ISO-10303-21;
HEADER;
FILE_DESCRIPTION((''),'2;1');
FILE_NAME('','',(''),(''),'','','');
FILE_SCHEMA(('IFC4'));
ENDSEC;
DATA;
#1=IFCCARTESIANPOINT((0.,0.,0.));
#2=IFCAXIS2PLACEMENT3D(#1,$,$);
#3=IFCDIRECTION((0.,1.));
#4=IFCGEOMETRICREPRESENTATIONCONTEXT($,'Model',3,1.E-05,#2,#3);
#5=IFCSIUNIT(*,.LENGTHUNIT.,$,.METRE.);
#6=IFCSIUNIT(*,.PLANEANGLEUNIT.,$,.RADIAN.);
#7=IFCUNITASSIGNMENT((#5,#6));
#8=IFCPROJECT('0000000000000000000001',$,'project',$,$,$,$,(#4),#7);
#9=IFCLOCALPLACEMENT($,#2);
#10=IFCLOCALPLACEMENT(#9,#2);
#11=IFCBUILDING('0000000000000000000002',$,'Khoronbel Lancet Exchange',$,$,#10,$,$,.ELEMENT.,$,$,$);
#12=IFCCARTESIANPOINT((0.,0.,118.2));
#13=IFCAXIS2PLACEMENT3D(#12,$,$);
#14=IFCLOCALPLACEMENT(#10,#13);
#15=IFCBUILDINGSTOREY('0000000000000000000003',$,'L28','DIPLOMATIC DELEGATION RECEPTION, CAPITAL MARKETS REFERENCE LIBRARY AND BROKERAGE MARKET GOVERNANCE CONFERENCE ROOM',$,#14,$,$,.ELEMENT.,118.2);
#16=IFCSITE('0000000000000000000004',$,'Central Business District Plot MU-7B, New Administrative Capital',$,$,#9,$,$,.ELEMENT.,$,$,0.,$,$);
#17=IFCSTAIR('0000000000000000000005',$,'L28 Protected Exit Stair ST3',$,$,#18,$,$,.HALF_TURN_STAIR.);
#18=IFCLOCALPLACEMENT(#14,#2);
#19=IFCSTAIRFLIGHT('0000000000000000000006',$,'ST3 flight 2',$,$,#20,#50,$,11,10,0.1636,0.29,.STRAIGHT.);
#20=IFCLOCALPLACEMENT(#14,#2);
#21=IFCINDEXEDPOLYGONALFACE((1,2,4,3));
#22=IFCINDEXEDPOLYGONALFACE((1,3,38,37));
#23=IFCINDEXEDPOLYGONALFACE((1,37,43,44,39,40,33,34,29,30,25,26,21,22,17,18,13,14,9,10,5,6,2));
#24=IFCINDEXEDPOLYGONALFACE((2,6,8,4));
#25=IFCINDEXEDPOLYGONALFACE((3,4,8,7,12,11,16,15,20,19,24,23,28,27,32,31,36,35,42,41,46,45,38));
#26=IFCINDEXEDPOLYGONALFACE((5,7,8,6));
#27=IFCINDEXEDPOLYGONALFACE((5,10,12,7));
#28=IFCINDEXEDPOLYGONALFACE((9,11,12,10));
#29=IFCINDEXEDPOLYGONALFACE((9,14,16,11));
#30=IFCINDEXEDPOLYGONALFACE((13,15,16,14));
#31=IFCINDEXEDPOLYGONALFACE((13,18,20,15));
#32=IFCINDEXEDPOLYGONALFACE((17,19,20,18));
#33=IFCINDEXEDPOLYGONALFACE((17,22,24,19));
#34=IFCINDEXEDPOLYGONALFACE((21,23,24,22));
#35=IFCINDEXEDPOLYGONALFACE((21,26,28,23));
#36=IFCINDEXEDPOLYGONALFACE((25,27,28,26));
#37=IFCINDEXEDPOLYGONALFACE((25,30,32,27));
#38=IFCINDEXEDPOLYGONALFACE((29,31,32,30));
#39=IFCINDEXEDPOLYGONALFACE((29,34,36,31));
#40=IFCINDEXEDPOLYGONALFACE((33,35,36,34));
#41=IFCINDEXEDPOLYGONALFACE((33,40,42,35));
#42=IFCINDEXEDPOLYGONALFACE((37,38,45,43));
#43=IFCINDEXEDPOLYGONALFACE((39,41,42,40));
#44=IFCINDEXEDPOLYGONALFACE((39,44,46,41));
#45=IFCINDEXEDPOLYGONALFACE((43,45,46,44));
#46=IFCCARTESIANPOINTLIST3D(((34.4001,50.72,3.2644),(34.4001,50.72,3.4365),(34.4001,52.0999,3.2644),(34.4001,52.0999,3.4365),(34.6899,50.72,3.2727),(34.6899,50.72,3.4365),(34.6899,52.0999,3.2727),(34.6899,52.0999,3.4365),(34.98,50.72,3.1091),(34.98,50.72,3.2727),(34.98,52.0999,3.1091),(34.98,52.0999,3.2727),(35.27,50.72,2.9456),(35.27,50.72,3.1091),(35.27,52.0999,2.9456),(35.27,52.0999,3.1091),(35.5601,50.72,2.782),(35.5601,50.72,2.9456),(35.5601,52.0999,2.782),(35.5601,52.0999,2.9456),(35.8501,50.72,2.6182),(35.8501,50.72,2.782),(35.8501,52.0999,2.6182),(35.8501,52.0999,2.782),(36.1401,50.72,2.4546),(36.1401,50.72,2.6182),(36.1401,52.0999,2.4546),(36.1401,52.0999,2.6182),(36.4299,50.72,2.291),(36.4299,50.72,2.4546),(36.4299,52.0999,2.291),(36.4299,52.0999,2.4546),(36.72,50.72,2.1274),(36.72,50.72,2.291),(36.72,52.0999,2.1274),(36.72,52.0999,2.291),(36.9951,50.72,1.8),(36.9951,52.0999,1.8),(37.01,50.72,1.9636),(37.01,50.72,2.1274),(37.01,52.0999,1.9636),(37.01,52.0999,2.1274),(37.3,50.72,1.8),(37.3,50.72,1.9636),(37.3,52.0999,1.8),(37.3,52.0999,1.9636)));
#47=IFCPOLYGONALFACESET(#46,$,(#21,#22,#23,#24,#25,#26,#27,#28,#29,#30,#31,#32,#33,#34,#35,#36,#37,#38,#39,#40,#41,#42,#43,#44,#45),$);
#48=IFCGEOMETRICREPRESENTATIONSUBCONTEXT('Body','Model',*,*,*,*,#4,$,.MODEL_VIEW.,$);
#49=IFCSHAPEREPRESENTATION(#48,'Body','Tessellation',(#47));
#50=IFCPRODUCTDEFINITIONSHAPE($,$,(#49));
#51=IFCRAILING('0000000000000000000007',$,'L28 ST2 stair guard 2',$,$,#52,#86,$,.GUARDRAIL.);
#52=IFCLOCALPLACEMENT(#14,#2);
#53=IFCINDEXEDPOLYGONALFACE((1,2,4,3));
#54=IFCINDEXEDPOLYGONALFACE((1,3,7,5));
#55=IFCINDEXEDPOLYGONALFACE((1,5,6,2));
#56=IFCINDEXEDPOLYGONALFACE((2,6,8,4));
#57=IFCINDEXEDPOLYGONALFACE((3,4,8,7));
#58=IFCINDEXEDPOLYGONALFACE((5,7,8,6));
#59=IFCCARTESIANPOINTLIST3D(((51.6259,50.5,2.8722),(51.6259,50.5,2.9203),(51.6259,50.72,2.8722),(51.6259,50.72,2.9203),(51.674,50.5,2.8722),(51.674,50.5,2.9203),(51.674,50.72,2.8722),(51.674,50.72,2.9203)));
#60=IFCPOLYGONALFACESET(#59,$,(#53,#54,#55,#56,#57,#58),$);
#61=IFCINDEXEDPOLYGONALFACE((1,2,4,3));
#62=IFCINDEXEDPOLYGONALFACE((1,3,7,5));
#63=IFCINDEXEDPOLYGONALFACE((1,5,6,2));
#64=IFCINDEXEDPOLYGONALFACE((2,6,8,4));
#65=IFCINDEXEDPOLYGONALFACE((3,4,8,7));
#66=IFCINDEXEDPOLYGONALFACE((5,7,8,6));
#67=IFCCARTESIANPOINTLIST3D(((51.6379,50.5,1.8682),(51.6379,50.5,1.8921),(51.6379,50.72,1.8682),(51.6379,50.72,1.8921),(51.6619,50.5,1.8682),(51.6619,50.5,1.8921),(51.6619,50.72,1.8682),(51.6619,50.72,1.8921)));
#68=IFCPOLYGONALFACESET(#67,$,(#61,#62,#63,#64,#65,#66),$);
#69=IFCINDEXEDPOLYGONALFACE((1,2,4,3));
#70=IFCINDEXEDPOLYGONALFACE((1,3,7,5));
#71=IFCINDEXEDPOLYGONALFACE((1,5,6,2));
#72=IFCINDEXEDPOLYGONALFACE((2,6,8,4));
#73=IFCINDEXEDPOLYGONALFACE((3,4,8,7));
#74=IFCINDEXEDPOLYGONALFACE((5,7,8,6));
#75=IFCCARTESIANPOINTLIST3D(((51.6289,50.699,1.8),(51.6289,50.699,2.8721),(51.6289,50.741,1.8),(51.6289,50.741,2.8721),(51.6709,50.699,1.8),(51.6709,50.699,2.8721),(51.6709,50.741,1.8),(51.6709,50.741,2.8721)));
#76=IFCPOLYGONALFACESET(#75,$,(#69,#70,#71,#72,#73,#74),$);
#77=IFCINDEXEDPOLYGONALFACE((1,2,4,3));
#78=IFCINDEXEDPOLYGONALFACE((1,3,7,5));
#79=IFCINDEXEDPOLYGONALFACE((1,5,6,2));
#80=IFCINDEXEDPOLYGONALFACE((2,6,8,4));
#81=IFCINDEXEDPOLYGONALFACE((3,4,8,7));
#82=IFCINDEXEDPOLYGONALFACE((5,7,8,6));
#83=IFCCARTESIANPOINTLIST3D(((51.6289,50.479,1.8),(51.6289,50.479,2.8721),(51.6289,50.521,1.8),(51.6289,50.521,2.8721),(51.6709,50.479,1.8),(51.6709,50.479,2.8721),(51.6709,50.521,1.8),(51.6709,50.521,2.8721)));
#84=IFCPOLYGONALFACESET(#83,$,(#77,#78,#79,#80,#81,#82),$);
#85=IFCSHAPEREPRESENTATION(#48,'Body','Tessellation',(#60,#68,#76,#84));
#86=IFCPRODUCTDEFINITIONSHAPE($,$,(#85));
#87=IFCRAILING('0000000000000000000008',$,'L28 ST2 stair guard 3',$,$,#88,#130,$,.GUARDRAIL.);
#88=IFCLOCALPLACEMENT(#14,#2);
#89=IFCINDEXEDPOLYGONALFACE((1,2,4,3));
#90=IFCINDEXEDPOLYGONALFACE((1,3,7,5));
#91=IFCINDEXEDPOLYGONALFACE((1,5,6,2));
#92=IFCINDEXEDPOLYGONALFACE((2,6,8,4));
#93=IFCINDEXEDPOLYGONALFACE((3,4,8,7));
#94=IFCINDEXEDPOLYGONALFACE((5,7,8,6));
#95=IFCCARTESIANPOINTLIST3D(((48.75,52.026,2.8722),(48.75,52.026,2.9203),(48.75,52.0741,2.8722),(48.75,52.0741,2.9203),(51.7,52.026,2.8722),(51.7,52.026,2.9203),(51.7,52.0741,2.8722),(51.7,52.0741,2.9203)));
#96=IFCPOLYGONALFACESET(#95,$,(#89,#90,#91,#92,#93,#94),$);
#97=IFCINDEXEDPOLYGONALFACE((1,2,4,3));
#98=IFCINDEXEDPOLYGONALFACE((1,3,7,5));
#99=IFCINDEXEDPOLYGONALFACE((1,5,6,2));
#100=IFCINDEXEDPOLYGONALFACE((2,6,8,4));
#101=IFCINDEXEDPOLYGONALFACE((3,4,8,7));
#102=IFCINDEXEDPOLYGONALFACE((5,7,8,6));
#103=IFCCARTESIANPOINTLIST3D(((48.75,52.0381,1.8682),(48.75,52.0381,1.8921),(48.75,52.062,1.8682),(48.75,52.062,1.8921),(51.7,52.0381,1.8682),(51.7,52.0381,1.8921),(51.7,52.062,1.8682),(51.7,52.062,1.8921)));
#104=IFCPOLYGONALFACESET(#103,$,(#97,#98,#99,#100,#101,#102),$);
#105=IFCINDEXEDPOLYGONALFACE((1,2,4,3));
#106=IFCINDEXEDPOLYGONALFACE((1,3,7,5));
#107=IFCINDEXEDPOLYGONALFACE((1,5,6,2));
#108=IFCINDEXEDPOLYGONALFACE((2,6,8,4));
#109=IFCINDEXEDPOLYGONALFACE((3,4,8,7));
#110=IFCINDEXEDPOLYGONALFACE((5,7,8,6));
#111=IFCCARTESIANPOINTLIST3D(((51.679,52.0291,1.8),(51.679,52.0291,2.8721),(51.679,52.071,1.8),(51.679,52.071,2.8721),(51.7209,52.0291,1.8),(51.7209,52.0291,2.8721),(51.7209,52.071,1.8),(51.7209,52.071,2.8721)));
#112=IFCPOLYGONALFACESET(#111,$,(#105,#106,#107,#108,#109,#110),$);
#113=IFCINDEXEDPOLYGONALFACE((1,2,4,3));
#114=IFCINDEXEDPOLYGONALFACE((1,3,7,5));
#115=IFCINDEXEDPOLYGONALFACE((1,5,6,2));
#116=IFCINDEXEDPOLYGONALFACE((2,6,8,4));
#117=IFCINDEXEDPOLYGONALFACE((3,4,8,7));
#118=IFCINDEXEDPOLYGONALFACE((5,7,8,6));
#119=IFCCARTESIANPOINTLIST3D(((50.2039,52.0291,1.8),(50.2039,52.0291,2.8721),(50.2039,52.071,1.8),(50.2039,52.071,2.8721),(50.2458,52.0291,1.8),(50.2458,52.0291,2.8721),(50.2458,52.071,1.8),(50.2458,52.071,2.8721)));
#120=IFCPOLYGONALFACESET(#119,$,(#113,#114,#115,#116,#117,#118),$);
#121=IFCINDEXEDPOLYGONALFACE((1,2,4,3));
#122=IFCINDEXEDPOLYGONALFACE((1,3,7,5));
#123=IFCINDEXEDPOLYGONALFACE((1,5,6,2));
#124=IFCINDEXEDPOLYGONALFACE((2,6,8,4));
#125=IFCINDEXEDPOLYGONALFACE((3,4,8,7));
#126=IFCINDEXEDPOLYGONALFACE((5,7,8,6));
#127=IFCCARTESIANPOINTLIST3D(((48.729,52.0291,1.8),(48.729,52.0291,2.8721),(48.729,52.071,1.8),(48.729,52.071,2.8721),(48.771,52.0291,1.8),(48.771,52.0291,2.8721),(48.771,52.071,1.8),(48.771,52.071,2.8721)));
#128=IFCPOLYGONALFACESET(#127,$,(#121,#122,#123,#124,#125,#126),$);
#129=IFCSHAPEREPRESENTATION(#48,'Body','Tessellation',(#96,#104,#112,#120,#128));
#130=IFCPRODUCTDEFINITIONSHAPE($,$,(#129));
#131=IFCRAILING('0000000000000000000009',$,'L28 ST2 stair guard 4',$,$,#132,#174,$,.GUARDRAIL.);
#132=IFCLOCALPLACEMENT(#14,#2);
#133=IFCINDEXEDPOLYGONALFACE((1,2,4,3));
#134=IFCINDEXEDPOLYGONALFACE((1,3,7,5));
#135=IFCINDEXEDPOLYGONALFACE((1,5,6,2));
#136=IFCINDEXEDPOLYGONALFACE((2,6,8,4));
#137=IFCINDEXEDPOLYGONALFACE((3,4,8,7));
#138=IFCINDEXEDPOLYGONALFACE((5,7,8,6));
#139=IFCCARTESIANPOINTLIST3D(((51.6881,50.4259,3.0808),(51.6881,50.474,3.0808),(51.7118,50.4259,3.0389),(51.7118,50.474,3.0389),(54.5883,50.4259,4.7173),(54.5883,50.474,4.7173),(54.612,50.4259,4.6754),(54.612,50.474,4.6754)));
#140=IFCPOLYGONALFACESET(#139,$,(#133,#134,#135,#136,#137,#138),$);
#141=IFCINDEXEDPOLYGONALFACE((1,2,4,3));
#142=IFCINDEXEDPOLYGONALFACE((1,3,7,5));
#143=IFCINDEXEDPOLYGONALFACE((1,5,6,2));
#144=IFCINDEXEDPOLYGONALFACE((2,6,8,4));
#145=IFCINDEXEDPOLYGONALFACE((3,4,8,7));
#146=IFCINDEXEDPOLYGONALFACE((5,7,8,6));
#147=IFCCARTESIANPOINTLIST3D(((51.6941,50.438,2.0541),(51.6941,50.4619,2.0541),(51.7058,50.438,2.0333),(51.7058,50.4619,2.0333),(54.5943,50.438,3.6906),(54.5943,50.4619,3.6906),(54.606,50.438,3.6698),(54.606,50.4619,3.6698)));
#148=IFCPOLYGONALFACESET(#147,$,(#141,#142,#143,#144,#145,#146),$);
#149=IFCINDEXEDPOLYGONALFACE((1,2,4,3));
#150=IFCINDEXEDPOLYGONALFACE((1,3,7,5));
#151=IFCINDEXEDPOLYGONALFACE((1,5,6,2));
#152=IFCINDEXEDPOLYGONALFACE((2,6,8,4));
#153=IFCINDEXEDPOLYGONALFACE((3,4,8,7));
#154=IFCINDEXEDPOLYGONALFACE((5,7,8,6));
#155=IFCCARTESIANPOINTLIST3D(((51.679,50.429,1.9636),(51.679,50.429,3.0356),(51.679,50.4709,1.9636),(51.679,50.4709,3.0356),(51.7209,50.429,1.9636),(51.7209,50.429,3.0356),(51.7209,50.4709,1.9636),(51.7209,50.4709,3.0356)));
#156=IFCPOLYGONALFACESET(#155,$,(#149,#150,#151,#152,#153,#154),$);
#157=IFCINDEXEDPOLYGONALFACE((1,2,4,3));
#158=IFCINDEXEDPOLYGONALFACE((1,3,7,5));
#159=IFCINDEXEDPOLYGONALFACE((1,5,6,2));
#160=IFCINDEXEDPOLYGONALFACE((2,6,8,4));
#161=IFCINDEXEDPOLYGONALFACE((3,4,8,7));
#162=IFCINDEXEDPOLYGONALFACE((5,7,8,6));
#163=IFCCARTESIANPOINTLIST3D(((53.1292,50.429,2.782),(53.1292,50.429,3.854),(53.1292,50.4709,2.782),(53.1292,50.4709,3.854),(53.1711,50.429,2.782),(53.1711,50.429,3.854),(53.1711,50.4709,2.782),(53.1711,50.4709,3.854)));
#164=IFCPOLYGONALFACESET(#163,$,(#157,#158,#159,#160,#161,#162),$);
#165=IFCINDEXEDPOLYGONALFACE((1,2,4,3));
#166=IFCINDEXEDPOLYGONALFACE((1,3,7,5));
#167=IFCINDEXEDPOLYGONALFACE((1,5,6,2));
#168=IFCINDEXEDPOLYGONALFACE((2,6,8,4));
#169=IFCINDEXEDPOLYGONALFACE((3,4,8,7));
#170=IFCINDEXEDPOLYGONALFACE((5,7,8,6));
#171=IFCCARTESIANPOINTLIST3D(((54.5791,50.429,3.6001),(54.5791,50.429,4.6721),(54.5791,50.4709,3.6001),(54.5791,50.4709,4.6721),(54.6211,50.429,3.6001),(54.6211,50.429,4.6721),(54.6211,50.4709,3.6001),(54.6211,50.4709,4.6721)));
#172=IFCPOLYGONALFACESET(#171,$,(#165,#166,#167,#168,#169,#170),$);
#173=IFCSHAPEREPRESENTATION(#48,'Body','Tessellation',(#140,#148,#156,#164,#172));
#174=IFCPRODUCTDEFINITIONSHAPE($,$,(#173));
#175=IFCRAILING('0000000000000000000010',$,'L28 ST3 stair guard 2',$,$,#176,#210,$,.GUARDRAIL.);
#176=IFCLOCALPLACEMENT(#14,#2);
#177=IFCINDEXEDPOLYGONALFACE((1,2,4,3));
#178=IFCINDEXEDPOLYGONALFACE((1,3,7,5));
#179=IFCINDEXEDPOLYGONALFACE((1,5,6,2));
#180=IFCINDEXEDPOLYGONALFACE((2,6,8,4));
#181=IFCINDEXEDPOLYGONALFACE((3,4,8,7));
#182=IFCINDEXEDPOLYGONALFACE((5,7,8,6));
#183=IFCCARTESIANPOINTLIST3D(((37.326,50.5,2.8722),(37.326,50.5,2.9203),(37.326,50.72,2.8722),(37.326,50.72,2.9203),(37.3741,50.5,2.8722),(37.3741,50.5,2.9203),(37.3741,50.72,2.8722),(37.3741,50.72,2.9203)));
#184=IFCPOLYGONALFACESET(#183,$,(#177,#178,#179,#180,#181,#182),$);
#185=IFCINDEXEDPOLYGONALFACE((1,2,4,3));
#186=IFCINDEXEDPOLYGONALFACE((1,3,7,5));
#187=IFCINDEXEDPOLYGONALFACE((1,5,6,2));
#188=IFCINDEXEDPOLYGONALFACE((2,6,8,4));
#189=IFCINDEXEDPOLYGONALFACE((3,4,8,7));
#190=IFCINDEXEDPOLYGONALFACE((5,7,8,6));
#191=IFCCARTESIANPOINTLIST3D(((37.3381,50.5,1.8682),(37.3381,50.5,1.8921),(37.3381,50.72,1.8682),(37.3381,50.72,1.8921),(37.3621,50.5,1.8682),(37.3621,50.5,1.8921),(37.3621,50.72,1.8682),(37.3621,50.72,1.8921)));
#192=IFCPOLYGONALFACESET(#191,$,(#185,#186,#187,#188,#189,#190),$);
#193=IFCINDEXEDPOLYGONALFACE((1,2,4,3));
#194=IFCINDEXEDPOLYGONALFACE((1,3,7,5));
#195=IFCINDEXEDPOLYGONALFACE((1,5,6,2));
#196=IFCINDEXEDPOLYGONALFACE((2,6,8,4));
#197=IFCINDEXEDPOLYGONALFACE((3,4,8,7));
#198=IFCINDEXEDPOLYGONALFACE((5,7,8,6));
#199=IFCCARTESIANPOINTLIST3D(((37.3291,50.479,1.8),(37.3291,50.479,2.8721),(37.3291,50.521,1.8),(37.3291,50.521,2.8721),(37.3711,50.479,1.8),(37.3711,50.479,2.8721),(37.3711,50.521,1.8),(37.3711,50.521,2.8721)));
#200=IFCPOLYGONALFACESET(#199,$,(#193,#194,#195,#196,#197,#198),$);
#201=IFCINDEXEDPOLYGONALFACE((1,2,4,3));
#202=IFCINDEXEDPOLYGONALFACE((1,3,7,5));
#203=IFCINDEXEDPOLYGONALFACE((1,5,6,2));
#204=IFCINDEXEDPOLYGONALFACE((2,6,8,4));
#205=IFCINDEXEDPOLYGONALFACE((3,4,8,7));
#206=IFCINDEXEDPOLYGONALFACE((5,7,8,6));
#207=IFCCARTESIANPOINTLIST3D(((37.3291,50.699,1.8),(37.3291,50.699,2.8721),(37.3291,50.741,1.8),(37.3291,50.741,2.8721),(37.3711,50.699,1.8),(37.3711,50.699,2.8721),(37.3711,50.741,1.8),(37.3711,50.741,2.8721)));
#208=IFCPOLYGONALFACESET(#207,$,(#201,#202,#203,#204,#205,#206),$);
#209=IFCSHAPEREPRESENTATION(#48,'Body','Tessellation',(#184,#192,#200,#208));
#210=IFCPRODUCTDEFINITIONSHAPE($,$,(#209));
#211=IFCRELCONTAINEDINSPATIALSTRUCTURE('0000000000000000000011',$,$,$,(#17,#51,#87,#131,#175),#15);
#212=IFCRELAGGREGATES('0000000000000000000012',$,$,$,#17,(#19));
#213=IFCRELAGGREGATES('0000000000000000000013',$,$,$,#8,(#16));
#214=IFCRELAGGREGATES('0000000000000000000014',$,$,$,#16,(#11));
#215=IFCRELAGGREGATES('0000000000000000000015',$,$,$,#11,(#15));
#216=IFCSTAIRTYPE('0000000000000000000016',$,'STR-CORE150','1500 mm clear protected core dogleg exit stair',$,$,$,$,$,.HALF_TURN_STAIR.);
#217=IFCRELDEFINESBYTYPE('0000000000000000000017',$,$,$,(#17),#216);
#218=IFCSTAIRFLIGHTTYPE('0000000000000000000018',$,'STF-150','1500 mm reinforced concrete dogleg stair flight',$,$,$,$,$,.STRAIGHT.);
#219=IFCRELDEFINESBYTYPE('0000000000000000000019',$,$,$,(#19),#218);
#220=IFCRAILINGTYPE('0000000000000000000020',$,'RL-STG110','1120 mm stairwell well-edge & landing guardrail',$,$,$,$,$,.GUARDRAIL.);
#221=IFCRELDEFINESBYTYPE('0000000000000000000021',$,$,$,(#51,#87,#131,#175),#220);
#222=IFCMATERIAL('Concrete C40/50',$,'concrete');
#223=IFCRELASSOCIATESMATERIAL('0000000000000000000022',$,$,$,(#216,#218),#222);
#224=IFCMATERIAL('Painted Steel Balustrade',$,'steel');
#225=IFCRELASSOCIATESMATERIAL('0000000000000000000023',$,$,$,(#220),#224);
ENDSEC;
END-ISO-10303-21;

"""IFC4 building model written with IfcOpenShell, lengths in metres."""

from ifc_helpers import new_model, si_unit, direction, frame, origin, origin_2d, place, context, subcontext, project, spatial, polyline, rectangle, outline, extrude, material, type_object, element, aggregate, save


model = new_model("IFC4")

# Units and contexts
model_context = context("Model", 3, precision=1e-05, world=origin(), true_north=direction((0.0, 1.0)))
body_context = subcontext(model_context, "Body", "Model", "MODEL_VIEW")
ifc_project = project(units=[si_unit("LENGTHUNIT", "METRE"), si_unit("PLANEANGLEUNIT", "RADIAN")], contexts=[model_context])

# Site, building, storey
site_placement = place(None, origin())
site = spatial("IfcSite", under=ifc_project, at=site_placement, Name="Central Business District Plot MU-7B, New Administrative Capital", CompositionType="ELEMENT", RefElevation=0.0)
building_placement = place(site_placement, origin())
building = spatial("IfcBuilding", under=site, at=building_placement, Name="Khoronbel Lancet Exchange", CompositionType="ELEMENT")
storey_placement = place(building_placement, frame((0.0, 0.0, 118.2)))
storey = spatial("IfcBuildingStorey", under=building, at=storey_placement, Name="L28", Description="DIPLOMATIC DELEGATION RECEPTION, CAPITAL MARKETS REFERENCE LIBRARY AND BROKERAGE MARKET GOVERNANCE CONFERENCE ROOM", CompositionType="ELEMENT", Elevation=118.2)

# Stair, stair flight
ifc_material_1 = material(Name="Concrete C40/50", Category="concrete")
stair_type = type_object("IfcStairType", Name="STR-CORE150", Description="1500 mm clear protected core dogleg exit stair", PredefinedType="HALF_TURN_STAIR", material=ifc_material_1)
stair_flight_type = type_object("IfcStairFlightType", Name="STF-150", Description="1500 mm reinforced concrete dogleg stair flight", PredefinedType="STRAIGHT", material=ifc_material_1)
stair_1_placement = place(storey_placement, origin())
stair_1 = element("IfcStair", 1, at=stair_1_placement, inside=storey, type_object=stair_type, Name="L28 Protected Exit Stair ST3", PredefinedType="HALF_TURN_STAIR")
stair_flight_1_placement = place(storey_placement, frame((37.3, 51.4099, 1.8), z_axis=(0.0, 0.0, 1.0), x_axis=(-1.0, 0.0, 0.0)))
stair_flight_1 = element("IfcStairFlight", 2, at=stair_flight_1_placement, type_object=stair_flight_type, Name="ST3 flight 2", NumberOfRisers=11, NumberOfTreads=10, PredefinedType="STRAIGHT", RiserHeight=0.1636, TreadLength=0.29, context=body_context, shape_type="SweptSolid", body=[
    extrude(outline(polyline([(0.0, 0.0), (0.0, 0.1636), (0.29, 0.1636), (0.29, 0.3274), (0.5801, 0.3274), (0.5801, 0.491), (0.8701, 0.491), (0.8701, 0.6545), (1.1599, 0.6545), (1.1599, 0.8181), (1.45, 0.8181), (1.45, 0.9819), (1.74, 0.9819), (1.74, 1.1455), (2.03, 1.1455), (2.03, 1.3091), (2.3201, 1.3091), (2.3201, 1.4727), (2.6101, 1.4727), (2.6101, 1.6365), (2.8999, 1.6365), (2.8999, 1.8), (2.8999, 1.4644), (0.3049, 0.0), (0.0, 0.0)])), frame((0.0, 0.6899, 0.0), z_axis=(0.0, -1.0, 0.0), x_axis=(1.0, 0.0, 0.0)), (0.0, 0.0, 1.0), 1.3799),
])
aggregate(stair_1, [stair_flight_1])

# Railings
ifc_material_2 = material(Name="Painted Steel Balustrade", Category="steel")
railing_type_1 = type_object("IfcRailingType", Name="RL-STG110", Description="1120 mm stairwell well-edge & landing guardrail", PredefinedType="GUARDRAIL", material=ifc_material_2)
railing_1_placement = place(storey_placement, frame((51.6499, 50.72, 1.8)))
element("IfcRailing", 3, at=railing_1_placement, inside=storey, type_object=railing_type_1, Name="L28 ST2 stair guard 2", PredefinedType="GUARDRAIL", context=body_context, shape_type="SweptSolid", body=[
    extrude(rectangle(XDim=0.0481, YDim=0.0481, at=origin_2d()), frame((0.0, 0.0, 1.0962), z_axis=(0.0, -1.0, 0.0), x_axis=(1.0, 0.0, 0.0)), (0.0, 0.0, 1.0), 0.22),
    extrude(rectangle(XDim=0.0239, YDim=0.0239, at=origin_2d()), frame((0.0, 0.0, 0.0801), z_axis=(0.0, -1.0, 0.0), x_axis=(1.0, 0.0, 0.0)), (0.0, 0.0, 1.0), 0.22),
    extrude(rectangle(XDim=0.042, YDim=0.042, at=origin_2d()), origin(), (0.0, 0.0, 1.0), 1.072),
    extrude(rectangle(XDim=0.042, YDim=0.042, at=origin_2d()), frame((0.0, -0.22, 0.0)), (0.0, 0.0, 1.0), 1.072),
])
railing_2_placement = place(storey_placement, frame((51.7, 52.05, 1.8)))
element("IfcRailing", 4, at=railing_2_placement, inside=storey, type_object=railing_type_1, Name="L28 ST2 stair guard 3", PredefinedType="GUARDRAIL", context=body_context, shape_type="SweptSolid", body=[
    extrude(rectangle(XDim=0.0481, YDim=0.0481, at=origin_2d()), frame((0.0, 0.0, 1.0962), z_axis=(-1.0, 0.0, 0.0), x_axis=(0.0, -1.0, 0.0)), (0.0, 0.0, 1.0), 2.95),
    extrude(rectangle(XDim=0.0239, YDim=0.0239, at=origin_2d()), frame((0.0, 0.0, 0.0801), z_axis=(-1.0, 0.0, 0.0), x_axis=(0.0, -1.0, 0.0)), (0.0, 0.0, 1.0), 2.95),
    extrude(rectangle(XDim=0.042, YDim=0.042, at=origin_2d()), origin(), (0.0, 0.0, 1.0), 1.072),
    extrude(rectangle(XDim=0.042, YDim=0.042, at=origin_2d()), frame((-1.4751, 0.0, 0.0)), (0.0, 0.0, 1.0), 1.072),
    extrude(rectangle(XDim=0.042, YDim=0.042, at=origin_2d()), frame((-2.95, 0.0, 0.0)), (0.0, 0.0, 1.0), 1.072),
])
railing_3_placement = place(storey_placement, frame((51.7, 50.45, 1.9636)))
element("IfcRailing", 5, at=railing_3_placement, inside=storey, type_object=railing_type_1, Name="L28 ST2 stair guard 4", PredefinedType="GUARDRAIL", context=body_context, shape_type="SweptSolid", body=[
    extrude(rectangle(XDim=0.0481, YDim=0.0481, at=origin_2d()), frame((0.0, 0.0, 1.0962), z_axis=(0.870915, 0.0, 0.491434), x_axis=(0.0, 1.0, 0.0)), (0.0, 0.0, 1.0), 3.3301),
    extrude(rectangle(XDim=0.0239, YDim=0.0239, at=origin_2d()), frame((0.0, 0.0, 0.0801), z_axis=(0.870915, 0.0, 0.491434), x_axis=(0.0, 1.0, 0.0)), (0.0, 0.0, 1.0), 3.3301),
    extrude(rectangle(XDim=0.042, YDim=0.042, at=origin_2d()), origin(), (0.0, 0.0, 1.0), 1.072),
    extrude(rectangle(XDim=0.042, YDim=0.042, at=origin_2d()), frame((1.4502, 0.0, 0.8184)), (0.0, 0.0, 1.0), 1.072),
    extrude(rectangle(XDim=0.042, YDim=0.042, at=origin_2d()), frame((2.9001, 0.0, 1.6365)), (0.0, 0.0, 1.0), 1.072),
])
railing_4_placement = place(storey_placement, frame((37.3501, 50.5, 1.8)))
element("IfcRailing", 6, at=railing_4_placement, inside=storey, type_object=railing_type_1, Name="L28 ST3 stair guard 2", PredefinedType="GUARDRAIL", context=body_context, shape_type="SweptSolid", body=[
    extrude(rectangle(XDim=0.0481, YDim=0.0481, at=origin_2d()), frame((0.0, 0.0, 1.0962), z_axis=(0.0, 1.0, 0.0), x_axis=(-1.0, 0.0, 0.0)), (0.0, 0.0, 1.0), 0.22),
    extrude(rectangle(XDim=0.0239, YDim=0.0239, at=origin_2d()), frame((0.0, 0.0, 0.0801), z_axis=(0.0, 1.0, 0.0), x_axis=(-1.0, 0.0, 0.0)), (0.0, 0.0, 1.0), 0.22),
    extrude(rectangle(XDim=0.042, YDim=0.042, at=origin_2d()), origin(), (0.0, 0.0, 1.0), 1.072),
    extrude(rectangle(XDim=0.042, YDim=0.042, at=origin_2d()), frame((0.0, 0.22, 0.0)), (0.0, 0.0, 1.0), 1.072),
])

save(model, "model.ifc")
